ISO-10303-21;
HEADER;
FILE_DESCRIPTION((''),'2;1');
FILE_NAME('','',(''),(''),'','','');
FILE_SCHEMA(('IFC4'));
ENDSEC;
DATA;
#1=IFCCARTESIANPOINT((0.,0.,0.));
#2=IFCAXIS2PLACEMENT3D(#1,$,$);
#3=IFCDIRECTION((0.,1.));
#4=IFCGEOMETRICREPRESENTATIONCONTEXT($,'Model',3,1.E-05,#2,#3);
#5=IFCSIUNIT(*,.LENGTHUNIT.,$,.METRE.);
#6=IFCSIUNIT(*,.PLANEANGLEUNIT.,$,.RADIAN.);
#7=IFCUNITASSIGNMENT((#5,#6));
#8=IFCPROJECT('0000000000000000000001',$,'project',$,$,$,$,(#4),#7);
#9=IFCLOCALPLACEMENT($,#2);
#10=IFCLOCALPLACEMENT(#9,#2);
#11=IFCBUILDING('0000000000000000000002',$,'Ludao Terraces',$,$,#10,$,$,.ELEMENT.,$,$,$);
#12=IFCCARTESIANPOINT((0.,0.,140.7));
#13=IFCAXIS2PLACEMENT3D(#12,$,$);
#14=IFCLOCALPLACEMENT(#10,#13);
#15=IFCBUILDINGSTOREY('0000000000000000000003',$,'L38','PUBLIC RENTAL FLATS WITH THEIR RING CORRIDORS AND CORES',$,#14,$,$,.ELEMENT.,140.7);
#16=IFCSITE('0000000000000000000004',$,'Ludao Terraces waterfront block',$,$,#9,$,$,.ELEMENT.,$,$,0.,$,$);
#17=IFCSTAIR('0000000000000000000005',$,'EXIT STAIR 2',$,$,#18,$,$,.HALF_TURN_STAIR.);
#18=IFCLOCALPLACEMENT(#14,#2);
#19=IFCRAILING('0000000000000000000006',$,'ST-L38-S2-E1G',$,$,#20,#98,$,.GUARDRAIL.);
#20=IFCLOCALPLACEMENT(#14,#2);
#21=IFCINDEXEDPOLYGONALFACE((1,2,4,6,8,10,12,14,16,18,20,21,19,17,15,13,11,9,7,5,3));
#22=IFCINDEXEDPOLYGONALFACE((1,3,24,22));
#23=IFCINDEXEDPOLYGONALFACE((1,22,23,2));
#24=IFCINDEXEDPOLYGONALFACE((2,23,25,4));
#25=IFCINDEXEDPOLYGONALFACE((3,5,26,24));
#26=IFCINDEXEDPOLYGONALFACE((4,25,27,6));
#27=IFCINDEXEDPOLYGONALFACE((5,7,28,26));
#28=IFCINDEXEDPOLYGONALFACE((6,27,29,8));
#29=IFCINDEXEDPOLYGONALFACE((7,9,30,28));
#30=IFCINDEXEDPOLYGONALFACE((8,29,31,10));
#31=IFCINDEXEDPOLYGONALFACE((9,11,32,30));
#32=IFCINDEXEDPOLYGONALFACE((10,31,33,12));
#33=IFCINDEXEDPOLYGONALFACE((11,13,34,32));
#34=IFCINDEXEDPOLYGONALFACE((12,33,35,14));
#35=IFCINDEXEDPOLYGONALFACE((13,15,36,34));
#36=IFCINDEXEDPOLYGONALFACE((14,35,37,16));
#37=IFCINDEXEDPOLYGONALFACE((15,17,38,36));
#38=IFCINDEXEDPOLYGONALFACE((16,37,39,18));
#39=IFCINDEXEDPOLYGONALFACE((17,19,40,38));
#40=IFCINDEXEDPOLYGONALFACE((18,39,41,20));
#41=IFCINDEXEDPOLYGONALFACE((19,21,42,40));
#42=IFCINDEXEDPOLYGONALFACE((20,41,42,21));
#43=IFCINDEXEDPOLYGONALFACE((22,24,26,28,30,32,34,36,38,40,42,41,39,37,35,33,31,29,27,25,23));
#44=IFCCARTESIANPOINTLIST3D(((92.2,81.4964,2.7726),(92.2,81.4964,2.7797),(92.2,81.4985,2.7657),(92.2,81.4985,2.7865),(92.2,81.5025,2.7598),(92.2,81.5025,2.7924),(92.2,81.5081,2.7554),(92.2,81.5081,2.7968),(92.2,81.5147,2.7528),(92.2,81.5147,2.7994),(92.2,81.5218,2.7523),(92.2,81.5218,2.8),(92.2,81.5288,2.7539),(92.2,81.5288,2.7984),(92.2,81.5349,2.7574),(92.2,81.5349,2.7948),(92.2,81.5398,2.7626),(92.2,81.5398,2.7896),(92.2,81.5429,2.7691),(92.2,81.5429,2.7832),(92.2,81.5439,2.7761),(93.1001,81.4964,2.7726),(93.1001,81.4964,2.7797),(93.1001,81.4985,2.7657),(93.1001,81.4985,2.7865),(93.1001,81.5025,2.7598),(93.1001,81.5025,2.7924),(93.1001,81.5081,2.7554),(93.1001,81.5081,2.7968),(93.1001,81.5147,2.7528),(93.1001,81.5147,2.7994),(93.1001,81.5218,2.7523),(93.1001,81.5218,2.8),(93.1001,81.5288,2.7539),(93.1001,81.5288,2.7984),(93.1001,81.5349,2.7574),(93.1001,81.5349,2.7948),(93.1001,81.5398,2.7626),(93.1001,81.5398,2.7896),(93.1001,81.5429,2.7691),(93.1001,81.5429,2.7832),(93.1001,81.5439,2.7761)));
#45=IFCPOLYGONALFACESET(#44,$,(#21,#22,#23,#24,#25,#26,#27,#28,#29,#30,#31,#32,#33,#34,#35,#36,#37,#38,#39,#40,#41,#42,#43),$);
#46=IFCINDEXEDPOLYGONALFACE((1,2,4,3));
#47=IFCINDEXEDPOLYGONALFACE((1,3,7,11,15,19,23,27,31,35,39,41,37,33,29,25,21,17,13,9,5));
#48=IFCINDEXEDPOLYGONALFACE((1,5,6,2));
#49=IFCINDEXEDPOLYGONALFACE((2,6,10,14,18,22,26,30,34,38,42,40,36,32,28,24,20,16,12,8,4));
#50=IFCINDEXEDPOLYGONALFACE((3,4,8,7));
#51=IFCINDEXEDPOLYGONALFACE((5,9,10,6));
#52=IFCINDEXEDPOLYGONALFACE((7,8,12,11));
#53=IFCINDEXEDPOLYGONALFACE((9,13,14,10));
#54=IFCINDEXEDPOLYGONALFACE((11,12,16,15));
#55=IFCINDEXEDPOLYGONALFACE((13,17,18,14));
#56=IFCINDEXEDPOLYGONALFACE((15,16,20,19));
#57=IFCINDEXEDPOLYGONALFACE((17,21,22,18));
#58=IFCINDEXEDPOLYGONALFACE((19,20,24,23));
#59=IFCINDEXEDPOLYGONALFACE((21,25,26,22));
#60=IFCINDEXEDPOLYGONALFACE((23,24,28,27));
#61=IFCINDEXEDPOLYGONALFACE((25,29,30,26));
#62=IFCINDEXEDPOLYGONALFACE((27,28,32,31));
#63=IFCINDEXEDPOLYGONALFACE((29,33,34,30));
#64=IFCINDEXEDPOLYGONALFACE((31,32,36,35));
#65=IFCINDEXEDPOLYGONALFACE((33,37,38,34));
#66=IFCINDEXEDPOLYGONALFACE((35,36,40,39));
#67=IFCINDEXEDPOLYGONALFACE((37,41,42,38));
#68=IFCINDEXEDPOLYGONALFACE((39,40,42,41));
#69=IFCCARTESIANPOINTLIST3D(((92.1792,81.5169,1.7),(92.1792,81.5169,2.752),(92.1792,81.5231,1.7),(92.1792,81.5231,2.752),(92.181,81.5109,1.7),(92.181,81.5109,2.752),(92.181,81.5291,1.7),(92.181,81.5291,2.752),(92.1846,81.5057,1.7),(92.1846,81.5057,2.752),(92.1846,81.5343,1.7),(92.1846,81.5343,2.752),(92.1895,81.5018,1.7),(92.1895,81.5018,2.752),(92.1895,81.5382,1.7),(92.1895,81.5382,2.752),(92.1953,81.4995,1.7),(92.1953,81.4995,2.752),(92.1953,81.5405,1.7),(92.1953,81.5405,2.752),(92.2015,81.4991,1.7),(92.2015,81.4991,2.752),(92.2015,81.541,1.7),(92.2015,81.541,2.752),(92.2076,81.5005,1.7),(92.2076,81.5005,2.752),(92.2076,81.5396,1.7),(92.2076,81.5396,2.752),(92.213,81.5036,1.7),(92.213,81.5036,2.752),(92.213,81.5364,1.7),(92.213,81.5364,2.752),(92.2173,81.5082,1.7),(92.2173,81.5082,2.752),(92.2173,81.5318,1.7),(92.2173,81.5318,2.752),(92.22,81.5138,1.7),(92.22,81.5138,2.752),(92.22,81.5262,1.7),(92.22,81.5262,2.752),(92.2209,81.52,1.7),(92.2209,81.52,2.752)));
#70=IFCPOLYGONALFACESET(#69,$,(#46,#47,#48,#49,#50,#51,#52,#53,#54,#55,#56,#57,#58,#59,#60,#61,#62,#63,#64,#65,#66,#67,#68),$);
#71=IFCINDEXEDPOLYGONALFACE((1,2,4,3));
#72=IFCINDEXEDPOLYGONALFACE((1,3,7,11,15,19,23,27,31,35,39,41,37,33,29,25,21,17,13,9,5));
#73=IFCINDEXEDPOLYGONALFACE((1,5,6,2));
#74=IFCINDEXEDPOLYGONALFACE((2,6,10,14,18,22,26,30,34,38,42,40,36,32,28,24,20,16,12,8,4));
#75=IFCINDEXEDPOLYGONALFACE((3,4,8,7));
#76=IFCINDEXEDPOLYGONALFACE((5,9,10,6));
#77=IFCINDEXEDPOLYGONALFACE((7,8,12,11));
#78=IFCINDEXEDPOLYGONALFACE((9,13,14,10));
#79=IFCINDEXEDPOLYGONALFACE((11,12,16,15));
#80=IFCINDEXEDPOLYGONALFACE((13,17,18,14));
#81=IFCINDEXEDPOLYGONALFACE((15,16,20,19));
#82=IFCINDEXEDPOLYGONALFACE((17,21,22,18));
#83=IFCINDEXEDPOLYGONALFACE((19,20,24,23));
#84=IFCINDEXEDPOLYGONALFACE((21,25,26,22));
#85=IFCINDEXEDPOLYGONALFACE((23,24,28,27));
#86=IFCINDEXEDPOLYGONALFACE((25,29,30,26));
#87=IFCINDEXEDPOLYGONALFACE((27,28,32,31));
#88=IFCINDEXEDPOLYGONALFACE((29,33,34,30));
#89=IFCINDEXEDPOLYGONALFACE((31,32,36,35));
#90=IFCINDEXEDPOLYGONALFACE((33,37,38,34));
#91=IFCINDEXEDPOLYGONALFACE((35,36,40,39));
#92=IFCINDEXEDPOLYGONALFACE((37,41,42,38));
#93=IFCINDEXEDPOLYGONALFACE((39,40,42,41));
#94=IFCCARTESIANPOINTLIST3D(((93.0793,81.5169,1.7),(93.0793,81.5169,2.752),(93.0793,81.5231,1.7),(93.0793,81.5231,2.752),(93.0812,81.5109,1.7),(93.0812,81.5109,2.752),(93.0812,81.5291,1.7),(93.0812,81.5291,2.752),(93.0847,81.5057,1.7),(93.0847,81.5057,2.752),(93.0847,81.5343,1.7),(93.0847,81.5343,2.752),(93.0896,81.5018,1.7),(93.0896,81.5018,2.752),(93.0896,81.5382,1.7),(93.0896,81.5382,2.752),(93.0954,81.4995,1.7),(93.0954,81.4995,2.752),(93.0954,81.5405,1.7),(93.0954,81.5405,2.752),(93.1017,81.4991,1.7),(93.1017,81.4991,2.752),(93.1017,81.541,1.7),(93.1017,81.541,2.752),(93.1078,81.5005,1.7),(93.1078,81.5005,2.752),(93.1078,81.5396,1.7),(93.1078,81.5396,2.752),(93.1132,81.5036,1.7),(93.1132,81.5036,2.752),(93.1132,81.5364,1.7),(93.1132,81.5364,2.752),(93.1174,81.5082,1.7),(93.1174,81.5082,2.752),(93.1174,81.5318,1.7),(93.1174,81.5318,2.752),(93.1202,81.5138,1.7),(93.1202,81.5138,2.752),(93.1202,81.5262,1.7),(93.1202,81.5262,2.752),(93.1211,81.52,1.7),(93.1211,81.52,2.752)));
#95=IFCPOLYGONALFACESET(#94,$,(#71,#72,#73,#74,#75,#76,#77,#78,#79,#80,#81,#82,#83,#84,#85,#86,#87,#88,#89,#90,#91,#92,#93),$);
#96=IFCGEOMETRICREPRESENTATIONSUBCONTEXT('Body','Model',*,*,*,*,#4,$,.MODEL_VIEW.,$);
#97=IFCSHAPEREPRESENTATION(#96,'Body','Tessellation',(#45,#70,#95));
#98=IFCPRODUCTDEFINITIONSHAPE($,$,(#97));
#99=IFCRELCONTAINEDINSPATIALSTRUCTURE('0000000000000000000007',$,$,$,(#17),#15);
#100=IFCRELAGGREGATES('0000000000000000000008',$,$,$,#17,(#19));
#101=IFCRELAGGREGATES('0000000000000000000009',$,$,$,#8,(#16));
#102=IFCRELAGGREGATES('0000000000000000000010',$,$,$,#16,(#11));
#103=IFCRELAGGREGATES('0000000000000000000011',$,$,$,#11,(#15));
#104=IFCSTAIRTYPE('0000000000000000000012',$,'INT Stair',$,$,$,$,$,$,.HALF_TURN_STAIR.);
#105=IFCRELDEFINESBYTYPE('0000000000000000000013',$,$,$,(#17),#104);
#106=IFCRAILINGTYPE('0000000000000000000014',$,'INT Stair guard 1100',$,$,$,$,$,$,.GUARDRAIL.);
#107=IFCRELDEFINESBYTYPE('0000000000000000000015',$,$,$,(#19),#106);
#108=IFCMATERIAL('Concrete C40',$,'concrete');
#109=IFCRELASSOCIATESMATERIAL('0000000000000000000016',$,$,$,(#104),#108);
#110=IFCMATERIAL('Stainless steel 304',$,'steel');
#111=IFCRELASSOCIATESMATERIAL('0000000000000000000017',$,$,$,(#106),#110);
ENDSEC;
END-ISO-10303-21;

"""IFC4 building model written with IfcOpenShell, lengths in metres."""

from ifc_helpers import new_model, si_unit, direction, frame, origin, origin_2d, place, context, subcontext, project, spatial, circle, extrude, material, type_object, element, aggregate, save


model = new_model("IFC4")

# Units and contexts
model_context = context("Model", 3, precision=1e-05, world=origin(), true_north=direction((0.0, 1.0)))
body_context = subcontext(model_context, "Body", "Model", "MODEL_VIEW")
ifc_project = project(units=[si_unit("LENGTHUNIT", "METRE"), si_unit("PLANEANGLEUNIT", "RADIAN")], contexts=[model_context])

# Site, building, storey
site_placement = place(None, origin())
site = spatial("IfcSite", under=ifc_project, at=site_placement, Name="Ludao Terraces waterfront block", CompositionType="ELEMENT", RefElevation=0.0)
building_placement = place(site_placement, origin())
building = spatial("IfcBuilding", under=site, at=building_placement, Name="Ludao Terraces", CompositionType="ELEMENT")
storey_placement = place(building_placement, frame((0.0, 0.0, 140.7)))
storey = spatial("IfcBuildingStorey", under=building, at=storey_placement, Name="L38", Description="PUBLIC RENTAL FLATS WITH THEIR RING CORRIDORS AND CORES", CompositionType="ELEMENT", Elevation=140.7)

# Shared definitions
ifc_material_1 = material(Name="Stainless steel 304", Category="steel")

# Stair, railing
ifc_material_2 = material(Name="Concrete C40", Category="concrete")
stair_type = type_object("IfcStairType", Name="INT Stair", PredefinedType="HALF_TURN_STAIR", material=ifc_material_2)
stair_placement = place(storey_placement, origin())
stair = element("IfcStair", 1, at=stair_placement, inside=storey, type_object=stair_type, Name="EXIT STAIR 2", PredefinedType="HALF_TURN_STAIR")
railing_type_1 = type_object("IfcRailingType", Name="INT Stair guard 1100", PredefinedType="GUARDRAIL", material=ifc_material_1)
railing_1_placement = place(storey_placement, frame((92.2, 81.52, 1.7)))
railing_1 = element("IfcRailing", 2, at=railing_1_placement, type_object=railing_type_1, Name="ST-L38-S2-E1G", PredefinedType="GUARDRAIL", context=body_context, shape_type="SweptSolid", body=[
    extrude(circle(Radius=0.0239, at=origin_2d()), frame((0.0, 0.0, 1.0762), z_axis=(1.0, 0.0, 0.0), x_axis=(0.0, 1.0, 0.0)), (0.0, 0.0, 1.0), 0.9001),
    extrude(circle(Radius=0.021, at=origin_2d()), origin(), (0.0, 0.0, 1.0), 1.052),
    extrude(circle(Radius=0.021, at=origin_2d()), frame((0.9001, 0.0, 0.0)), (0.0, 0.0, 1.0), 1.052),
])
aggregate(stair, [railing_1])

save(model, "model.ifc")
